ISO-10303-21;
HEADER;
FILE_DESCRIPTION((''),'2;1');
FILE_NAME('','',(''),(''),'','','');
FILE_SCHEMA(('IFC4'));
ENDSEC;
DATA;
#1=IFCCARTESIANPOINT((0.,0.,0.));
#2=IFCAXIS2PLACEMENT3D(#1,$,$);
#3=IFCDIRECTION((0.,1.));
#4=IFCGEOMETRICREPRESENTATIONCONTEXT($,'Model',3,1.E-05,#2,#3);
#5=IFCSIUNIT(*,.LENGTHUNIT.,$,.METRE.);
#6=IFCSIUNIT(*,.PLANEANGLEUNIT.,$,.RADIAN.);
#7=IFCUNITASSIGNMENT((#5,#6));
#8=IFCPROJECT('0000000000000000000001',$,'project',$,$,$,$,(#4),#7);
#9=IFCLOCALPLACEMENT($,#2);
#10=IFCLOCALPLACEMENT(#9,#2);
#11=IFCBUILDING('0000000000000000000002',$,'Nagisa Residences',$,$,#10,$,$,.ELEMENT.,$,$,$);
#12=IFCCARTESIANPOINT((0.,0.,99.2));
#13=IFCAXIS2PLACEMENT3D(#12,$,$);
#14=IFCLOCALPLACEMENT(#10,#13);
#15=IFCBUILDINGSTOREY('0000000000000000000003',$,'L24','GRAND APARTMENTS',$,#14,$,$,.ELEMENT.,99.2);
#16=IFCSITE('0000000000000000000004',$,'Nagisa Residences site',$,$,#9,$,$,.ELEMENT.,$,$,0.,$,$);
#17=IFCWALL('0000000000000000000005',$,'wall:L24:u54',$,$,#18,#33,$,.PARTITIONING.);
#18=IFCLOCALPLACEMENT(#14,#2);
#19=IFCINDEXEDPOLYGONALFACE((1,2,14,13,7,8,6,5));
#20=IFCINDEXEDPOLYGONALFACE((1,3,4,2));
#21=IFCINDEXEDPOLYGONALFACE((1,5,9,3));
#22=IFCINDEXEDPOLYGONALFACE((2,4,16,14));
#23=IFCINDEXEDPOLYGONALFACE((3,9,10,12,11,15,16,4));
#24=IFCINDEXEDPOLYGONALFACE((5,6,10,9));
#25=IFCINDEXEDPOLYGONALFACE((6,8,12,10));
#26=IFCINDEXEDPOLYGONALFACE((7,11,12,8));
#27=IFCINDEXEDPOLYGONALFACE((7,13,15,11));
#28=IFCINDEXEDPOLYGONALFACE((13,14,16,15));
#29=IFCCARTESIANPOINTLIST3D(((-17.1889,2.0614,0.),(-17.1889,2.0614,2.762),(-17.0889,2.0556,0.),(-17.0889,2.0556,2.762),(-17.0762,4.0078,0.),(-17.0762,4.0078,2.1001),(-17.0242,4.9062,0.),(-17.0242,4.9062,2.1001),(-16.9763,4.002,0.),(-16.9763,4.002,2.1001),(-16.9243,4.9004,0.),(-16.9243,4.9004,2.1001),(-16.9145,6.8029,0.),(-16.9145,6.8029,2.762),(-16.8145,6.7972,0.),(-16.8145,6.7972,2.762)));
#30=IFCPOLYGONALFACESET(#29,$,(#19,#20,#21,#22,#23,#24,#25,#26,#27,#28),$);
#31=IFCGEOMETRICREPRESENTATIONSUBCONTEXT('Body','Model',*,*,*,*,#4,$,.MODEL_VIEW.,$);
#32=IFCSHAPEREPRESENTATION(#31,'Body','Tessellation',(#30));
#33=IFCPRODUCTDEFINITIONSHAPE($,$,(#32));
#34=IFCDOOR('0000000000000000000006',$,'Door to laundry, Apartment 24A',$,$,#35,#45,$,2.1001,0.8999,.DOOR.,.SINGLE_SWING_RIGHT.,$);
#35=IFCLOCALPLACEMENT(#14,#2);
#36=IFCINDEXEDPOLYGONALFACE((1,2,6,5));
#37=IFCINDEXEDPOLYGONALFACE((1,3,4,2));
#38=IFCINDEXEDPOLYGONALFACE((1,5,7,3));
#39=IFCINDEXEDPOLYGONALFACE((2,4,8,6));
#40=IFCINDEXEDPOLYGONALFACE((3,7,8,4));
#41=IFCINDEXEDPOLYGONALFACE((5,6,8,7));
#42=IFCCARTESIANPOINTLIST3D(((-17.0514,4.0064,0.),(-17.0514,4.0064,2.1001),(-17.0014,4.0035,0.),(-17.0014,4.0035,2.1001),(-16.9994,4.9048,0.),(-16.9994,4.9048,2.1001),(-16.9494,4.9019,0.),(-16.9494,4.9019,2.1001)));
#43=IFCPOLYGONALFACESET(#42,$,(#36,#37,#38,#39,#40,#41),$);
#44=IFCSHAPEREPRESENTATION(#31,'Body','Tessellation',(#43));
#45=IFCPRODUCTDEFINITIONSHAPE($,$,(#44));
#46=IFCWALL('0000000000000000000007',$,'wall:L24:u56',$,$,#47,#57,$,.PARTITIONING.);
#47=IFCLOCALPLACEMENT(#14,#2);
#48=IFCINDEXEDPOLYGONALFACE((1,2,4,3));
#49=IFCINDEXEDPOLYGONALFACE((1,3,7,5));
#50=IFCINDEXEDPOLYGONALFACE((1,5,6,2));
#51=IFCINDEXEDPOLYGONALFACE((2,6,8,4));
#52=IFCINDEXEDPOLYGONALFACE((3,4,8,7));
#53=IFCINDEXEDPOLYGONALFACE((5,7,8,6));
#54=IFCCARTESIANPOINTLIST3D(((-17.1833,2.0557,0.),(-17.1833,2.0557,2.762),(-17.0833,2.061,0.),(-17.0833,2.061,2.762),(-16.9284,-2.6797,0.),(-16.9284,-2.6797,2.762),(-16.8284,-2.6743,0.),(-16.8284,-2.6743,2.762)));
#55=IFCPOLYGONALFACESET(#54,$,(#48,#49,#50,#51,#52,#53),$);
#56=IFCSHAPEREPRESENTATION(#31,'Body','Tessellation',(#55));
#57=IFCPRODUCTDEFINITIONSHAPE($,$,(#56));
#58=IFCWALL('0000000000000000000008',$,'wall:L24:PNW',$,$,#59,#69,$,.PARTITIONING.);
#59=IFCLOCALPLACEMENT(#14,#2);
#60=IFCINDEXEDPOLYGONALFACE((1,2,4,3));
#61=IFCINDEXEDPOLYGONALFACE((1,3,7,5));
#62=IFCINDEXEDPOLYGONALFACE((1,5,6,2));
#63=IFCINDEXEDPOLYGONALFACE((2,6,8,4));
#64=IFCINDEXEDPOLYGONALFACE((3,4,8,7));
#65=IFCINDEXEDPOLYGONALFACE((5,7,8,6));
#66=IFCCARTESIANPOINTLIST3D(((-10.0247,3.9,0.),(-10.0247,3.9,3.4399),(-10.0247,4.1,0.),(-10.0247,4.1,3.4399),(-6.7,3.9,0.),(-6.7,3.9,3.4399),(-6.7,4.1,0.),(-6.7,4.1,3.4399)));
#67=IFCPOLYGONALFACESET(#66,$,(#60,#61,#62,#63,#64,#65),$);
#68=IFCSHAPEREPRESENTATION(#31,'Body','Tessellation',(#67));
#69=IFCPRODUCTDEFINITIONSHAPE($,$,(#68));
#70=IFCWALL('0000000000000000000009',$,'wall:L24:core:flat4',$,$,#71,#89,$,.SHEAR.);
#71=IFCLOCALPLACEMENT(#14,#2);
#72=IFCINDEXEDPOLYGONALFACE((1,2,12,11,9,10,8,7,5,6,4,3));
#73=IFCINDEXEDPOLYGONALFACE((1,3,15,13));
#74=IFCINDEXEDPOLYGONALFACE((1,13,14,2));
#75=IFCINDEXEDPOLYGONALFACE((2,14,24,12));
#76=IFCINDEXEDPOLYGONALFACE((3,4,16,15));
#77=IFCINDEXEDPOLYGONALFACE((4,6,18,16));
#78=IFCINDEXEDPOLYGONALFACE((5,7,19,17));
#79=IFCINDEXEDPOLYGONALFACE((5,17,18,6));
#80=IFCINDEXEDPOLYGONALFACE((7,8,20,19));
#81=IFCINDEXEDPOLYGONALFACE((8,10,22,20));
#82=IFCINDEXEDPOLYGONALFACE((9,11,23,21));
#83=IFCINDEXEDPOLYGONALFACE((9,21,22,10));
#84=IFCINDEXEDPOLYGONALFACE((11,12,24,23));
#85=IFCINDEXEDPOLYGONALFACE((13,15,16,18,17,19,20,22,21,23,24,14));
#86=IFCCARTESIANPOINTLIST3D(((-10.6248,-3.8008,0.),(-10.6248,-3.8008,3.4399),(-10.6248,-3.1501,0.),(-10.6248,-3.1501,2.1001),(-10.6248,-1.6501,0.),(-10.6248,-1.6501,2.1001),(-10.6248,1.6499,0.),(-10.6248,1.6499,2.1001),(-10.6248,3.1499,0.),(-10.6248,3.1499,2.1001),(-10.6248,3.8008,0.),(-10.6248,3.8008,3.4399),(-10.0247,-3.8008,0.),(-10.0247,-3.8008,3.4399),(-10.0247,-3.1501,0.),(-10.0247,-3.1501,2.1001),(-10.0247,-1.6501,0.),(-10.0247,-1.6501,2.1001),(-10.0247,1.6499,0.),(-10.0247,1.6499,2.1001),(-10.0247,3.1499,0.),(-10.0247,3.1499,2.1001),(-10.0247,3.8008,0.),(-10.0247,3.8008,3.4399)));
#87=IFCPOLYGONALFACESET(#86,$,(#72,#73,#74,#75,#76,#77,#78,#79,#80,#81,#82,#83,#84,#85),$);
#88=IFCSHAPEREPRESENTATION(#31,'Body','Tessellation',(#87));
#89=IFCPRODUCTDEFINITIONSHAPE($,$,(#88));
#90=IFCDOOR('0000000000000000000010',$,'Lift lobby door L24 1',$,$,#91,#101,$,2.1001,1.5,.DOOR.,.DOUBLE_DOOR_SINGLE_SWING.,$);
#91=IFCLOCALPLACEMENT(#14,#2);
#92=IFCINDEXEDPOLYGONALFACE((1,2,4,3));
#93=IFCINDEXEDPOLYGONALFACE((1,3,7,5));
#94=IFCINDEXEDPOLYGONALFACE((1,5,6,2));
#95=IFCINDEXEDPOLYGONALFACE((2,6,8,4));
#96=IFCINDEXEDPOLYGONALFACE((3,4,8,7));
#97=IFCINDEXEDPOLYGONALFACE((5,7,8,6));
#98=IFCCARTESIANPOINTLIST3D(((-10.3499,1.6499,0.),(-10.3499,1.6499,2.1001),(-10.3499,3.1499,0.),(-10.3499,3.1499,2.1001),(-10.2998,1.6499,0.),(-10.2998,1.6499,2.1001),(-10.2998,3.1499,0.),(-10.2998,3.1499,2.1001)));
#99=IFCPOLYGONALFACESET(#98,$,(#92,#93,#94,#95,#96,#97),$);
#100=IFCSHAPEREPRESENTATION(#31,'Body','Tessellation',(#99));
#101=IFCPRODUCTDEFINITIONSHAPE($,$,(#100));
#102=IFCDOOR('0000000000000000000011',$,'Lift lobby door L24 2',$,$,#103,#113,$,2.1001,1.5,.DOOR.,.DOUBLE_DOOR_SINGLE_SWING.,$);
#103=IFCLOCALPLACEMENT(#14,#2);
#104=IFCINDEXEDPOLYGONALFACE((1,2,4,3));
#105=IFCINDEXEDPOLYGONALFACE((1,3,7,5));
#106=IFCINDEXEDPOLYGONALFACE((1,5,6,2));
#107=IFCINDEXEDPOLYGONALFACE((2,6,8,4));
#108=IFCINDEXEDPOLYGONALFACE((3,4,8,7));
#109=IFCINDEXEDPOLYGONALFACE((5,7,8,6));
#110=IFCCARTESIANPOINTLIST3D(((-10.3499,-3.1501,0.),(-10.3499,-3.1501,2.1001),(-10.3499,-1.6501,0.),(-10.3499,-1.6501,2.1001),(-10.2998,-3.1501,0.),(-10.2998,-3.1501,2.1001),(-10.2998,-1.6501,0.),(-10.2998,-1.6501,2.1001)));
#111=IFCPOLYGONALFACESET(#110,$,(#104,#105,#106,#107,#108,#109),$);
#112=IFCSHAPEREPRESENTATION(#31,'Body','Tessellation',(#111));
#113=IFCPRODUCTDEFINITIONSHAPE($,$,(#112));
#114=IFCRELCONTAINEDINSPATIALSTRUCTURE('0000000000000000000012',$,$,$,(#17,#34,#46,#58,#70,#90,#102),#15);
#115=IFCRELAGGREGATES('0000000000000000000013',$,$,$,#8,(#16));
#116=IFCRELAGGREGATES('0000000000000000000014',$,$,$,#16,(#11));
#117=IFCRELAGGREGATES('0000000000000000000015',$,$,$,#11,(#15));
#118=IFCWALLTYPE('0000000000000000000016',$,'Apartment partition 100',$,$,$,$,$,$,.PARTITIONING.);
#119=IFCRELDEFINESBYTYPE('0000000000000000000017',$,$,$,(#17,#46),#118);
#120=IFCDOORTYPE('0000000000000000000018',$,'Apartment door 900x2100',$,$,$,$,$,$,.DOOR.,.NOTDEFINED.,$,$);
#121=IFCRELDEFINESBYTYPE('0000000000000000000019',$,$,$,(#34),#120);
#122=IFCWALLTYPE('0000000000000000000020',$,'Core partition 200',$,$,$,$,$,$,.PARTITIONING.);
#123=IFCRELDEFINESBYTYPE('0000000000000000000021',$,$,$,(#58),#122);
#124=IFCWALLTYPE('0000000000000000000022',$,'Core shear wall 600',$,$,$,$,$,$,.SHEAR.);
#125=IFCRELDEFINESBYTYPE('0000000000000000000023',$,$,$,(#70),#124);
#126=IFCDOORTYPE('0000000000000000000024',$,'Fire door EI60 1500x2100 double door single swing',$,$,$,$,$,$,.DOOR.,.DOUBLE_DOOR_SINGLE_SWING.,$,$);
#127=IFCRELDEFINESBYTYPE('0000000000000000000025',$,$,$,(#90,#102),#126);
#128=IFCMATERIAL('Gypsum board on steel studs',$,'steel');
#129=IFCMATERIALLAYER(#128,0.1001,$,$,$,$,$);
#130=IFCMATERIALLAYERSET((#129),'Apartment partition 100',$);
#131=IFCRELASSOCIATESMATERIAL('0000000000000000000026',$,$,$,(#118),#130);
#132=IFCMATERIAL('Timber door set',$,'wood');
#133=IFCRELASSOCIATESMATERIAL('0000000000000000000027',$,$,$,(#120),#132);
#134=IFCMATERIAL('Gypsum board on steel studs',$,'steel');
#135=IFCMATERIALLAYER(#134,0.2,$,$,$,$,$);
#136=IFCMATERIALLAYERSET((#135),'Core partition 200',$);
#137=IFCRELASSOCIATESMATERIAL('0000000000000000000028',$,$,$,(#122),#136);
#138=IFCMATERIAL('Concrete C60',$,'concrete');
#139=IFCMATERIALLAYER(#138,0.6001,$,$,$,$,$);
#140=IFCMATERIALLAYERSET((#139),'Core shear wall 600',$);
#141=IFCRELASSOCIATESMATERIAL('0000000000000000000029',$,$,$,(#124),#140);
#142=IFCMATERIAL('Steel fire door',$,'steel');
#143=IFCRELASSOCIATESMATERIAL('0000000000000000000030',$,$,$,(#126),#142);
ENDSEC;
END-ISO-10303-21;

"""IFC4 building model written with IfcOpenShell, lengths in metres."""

from ifc_helpers import new_model, si_unit, direction, frame, frame_2d, origin, place, context, subcontext, project, spatial, rectangle, extrude, material, layer, layer_set, type_object, element, fill, save


model = new_model("IFC4")

# Units and contexts
model_context = context("Model", 3, precision=1e-05, world=origin(), true_north=direction((0.0, 1.0)))
body_context = subcontext(model_context, "Body", "Model", "MODEL_VIEW")
ifc_project = project(units=[si_unit("LENGTHUNIT", "METRE"), si_unit("PLANEANGLEUNIT", "RADIAN")], contexts=[model_context])

# Site, building, storey
site_placement = place(None, origin())
site = spatial("IfcSite", under=ifc_project, at=site_placement, Name="Nagisa Residences site", CompositionType="ELEMENT", RefElevation=0.0)
building_placement = place(site_placement, origin())
building = spatial("IfcBuilding", under=site, at=building_placement, Name="Nagisa Residences", CompositionType="ELEMENT")
storey_placement = place(building_placement, frame((0.0, 0.0, 99.2)))
storey = spatial("IfcBuildingStorey", under=building, at=storey_placement, Name="L24", Description="GRAND APARTMENTS", CompositionType="ELEMENT", Elevation=99.2)

# Shared definitions
ifc_material_1 = material(Name="Gypsum board on steel studs", Category="steel")
ifc_layer_1 = layer(ifc_material_1, 0.1001)
ifc_layer_set_1 = layer_set([ifc_layer_1], Name="Apartment partition 100")
wall_type_1 = type_object("IfcWallType", Name="Apartment partition 100", PredefinedType="PARTITIONING", material=ifc_layer_set_1)

# Wall, opening, door
ifc_material_2 = material(Name="Timber door set", Category="wood")
door_type_1 = type_object("IfcDoorType", Name="Apartment door 900x2100", OperationType="NOTDEFINED", PredefinedType="DOOR", material=ifc_material_2)
wall_1_placement = place(storey_placement, frame((-16.8645, 6.8, 0.0), z_axis=(0.0, 0.0, 1.0), x_axis=(-0.057776, -0.99833, 0.0)))
wall_1 = element("IfcWall", 1, at=wall_1_placement, inside=storey, type_object=wall_type_1, Name="wall:L24:u54", PredefinedType="PARTITIONING", context=body_context, shape_type="SweptSolid", body=[
    extrude(rectangle(XDim=4.7495, YDim=0.1001, at=frame_2d((2.3748, 0.0))), origin(), (0.0, 0.0, 1.0), 2.762),
])
opening_1_placement = place(wall_1_placement, frame((1.8999, 0.0, 0.0)))
opening_1 = element("IfcOpeningElement", 2, at=opening_1_placement, cuts=wall_1, PredefinedType="OPENING", context=body_context, shape_type="SweptSolid", body=[
    extrude(rectangle(XDim=0.8999, YDim=2.1001, at=frame_2d((0.45, 1.05))), frame((0.0, 0.0601, 0.0), z_axis=(0.0, -1.0, 0.0), x_axis=(1.0, 0.0, 0.0)), (0.0, 0.0, 1.0), 0.1201),
])
door_1_placement = place(opening_1_placement, origin())
door_1 = element("IfcDoor", 3, at=door_1_placement, inside=storey, type_object=door_type_1, Name="Door to laundry, Apartment 24A", OperationType="SINGLE_SWING_RIGHT", OverallHeight=2.1001, OverallWidth=0.8999, PredefinedType="DOOR", context=body_context, shape_type="SweptSolid", body=[
    extrude(rectangle(XDim=0.8999, YDim=2.1001, at=frame_2d((0.45, 1.05))), frame((0.0, 0.0249, 0.0), z_axis=(0.0, -1.0, 0.0), x_axis=(1.0, 0.0, 0.0)), (0.0, 0.0, 1.0), 0.05),
])
fill(opening_1, door_1)

# Walls
wall_2_placement = place(storey_placement, frame((-17.1333, 2.0583, 0.0), z_axis=(0.0, 0.0, 1.0), x_axis=(0.053748, -0.998555, 0.0)))
element("IfcWall", 4, at=wall_2_placement, inside=storey, type_object=wall_type_1, Name="wall:L24:u56", PredefinedType="PARTITIONING", context=body_context, shape_type="SweptSolid", body=[
    extrude(rectangle(XDim=4.7422, YDim=0.1001, at=frame_2d((2.3711, 0.0))), origin(), (0.0, 0.0, 1.0), 2.762),
])
ifc_material_3 = material(Name="Gypsum board on steel studs", Category="steel")
ifc_layer_2 = layer(ifc_material_3, 0.2)
ifc_layer_set_2 = layer_set([ifc_layer_2], Name="Core partition 200")
wall_type_2 = type_object("IfcWallType", Name="Core partition 200", PredefinedType="PARTITIONING", material=ifc_layer_set_2)
wall_3_placement = place(storey_placement, frame((-10.0247, 4.0, 0.0), z_axis=(0.0, 0.0, 1.0), x_axis=(1.0, 0.0, 0.0)))
element("IfcWall", 5, at=wall_3_placement, inside=storey, type_object=wall_type_2, Name="wall:L24:PNW", PredefinedType="PARTITIONING", context=body_context, shape_type="SweptSolid", body=[
    extrude(rectangle(XDim=3.3247, YDim=0.2, at=frame_2d((1.6624, 0.0))), origin(), (0.0, 0.0, 1.0), 3.4399),
])

# Wall, openings, doors
ifc_material_4 = material(Name="Concrete C60", Category="concrete")
ifc_layer_3 = layer(ifc_material_4, 0.6001)
ifc_layer_set_3 = layer_set([ifc_layer_3], Name="Core shear wall 600")
wall_type_3 = type_object("IfcWallType", Name="Core shear wall 600", PredefinedType="SHEAR", material=ifc_layer_set_3)
wall_4_placement = place(storey_placement, frame((-10.3247, 3.8008, 0.0), z_axis=(0.0, 0.0, 1.0), x_axis=(0.0, -1.0, 0.0)))
wall_4 = element("IfcWall", 6, at=wall_4_placement, inside=storey, type_object=wall_type_3, Name="wall:L24:core:flat4", PredefinedType="SHEAR", context=body_context, shape_type="SweptSolid", body=[
    extrude(rectangle(XDim=7.6016, YDim=0.6001, at=frame_2d((3.8008, 0.0))), origin(), (0.0, 0.0, 1.0), 3.4399),
])
opening_2_placement = place(wall_4_placement, frame((0.6509, 0.0, 0.0)))
opening_2 = element("IfcOpeningElement", 7, at=opening_2_placement, cuts=wall_4, PredefinedType="OPENING", context=body_context, shape_type="SweptSolid", body=[
    extrude(rectangle(XDim=1.5, YDim=2.1001, at=frame_2d((0.75, 1.05))), frame((0.0, 0.3101, 0.0), z_axis=(0.0, -1.0, 0.0), x_axis=(1.0, 0.0, 0.0)), (0.0, 0.0, 1.0), 0.6201),
])
opening_3_placement = place(wall_4_placement, frame((5.4509, 0.0, 0.0)))
opening_3 = element("IfcOpeningElement", 8, at=opening_3_placement, cuts=wall_4, PredefinedType="OPENING", context=body_context, shape_type="SweptSolid", body=[
    extrude(rectangle(XDim=1.5, YDim=2.1001, at=frame_2d((0.75, 1.05))), frame((0.0, 0.3101, 0.0), z_axis=(0.0, -1.0, 0.0), x_axis=(1.0, 0.0, 0.0)), (0.0, 0.0, 1.0), 0.6201),
])
ifc_material_5 = material(Name="Steel fire door", Category="steel")
door_type_2 = type_object("IfcDoorType", Name="Fire door EI60 1500x2100 double door single swing", OperationType="DOUBLE_DOOR_SINGLE_SWING", PredefinedType="DOOR", material=ifc_material_5)
door_2_placement = place(opening_2_placement, origin())
door_2 = element("IfcDoor", 9, at=door_2_placement, inside=storey, type_object=door_type_2, Name="Lift lobby door L24 1", OperationType="DOUBLE_DOOR_SINGLE_SWING", OverallHeight=2.1001, OverallWidth=1.5, PredefinedType="DOOR", context=body_context, shape_type="SweptSolid", body=[
    extrude(rectangle(XDim=1.5, YDim=2.1001, at=frame_2d((0.75, 1.05))), frame((0.0, 0.0249, 0.0), z_axis=(0.0, -1.0, 0.0), x_axis=(1.0, 0.0, 0.0)), (0.0, 0.0, 1.0), 0.05),
])
fill(opening_2, door_2)
door_3_placement = place(opening_3_placement, origin())
door_3 = element("IfcDoor", 10, at=door_3_placement, inside=storey, type_object=door_type_2, Name="Lift lobby door L24 2", OperationType="DOUBLE_DOOR_SINGLE_SWING", OverallHeight=2.1001, OverallWidth=1.5, PredefinedType="DOOR", context=body_context, shape_type="SweptSolid", body=[
    extrude(rectangle(XDim=1.5, YDim=2.1001, at=frame_2d((0.75, 1.05))), frame((0.0, 0.0249, 0.0), z_axis=(0.0, -1.0, 0.0), x_axis=(1.0, 0.0, 0.0)), (0.0, 0.0, 1.0), 0.05),
])
fill(opening_3, door_3)

save(model, "model.ifc")
